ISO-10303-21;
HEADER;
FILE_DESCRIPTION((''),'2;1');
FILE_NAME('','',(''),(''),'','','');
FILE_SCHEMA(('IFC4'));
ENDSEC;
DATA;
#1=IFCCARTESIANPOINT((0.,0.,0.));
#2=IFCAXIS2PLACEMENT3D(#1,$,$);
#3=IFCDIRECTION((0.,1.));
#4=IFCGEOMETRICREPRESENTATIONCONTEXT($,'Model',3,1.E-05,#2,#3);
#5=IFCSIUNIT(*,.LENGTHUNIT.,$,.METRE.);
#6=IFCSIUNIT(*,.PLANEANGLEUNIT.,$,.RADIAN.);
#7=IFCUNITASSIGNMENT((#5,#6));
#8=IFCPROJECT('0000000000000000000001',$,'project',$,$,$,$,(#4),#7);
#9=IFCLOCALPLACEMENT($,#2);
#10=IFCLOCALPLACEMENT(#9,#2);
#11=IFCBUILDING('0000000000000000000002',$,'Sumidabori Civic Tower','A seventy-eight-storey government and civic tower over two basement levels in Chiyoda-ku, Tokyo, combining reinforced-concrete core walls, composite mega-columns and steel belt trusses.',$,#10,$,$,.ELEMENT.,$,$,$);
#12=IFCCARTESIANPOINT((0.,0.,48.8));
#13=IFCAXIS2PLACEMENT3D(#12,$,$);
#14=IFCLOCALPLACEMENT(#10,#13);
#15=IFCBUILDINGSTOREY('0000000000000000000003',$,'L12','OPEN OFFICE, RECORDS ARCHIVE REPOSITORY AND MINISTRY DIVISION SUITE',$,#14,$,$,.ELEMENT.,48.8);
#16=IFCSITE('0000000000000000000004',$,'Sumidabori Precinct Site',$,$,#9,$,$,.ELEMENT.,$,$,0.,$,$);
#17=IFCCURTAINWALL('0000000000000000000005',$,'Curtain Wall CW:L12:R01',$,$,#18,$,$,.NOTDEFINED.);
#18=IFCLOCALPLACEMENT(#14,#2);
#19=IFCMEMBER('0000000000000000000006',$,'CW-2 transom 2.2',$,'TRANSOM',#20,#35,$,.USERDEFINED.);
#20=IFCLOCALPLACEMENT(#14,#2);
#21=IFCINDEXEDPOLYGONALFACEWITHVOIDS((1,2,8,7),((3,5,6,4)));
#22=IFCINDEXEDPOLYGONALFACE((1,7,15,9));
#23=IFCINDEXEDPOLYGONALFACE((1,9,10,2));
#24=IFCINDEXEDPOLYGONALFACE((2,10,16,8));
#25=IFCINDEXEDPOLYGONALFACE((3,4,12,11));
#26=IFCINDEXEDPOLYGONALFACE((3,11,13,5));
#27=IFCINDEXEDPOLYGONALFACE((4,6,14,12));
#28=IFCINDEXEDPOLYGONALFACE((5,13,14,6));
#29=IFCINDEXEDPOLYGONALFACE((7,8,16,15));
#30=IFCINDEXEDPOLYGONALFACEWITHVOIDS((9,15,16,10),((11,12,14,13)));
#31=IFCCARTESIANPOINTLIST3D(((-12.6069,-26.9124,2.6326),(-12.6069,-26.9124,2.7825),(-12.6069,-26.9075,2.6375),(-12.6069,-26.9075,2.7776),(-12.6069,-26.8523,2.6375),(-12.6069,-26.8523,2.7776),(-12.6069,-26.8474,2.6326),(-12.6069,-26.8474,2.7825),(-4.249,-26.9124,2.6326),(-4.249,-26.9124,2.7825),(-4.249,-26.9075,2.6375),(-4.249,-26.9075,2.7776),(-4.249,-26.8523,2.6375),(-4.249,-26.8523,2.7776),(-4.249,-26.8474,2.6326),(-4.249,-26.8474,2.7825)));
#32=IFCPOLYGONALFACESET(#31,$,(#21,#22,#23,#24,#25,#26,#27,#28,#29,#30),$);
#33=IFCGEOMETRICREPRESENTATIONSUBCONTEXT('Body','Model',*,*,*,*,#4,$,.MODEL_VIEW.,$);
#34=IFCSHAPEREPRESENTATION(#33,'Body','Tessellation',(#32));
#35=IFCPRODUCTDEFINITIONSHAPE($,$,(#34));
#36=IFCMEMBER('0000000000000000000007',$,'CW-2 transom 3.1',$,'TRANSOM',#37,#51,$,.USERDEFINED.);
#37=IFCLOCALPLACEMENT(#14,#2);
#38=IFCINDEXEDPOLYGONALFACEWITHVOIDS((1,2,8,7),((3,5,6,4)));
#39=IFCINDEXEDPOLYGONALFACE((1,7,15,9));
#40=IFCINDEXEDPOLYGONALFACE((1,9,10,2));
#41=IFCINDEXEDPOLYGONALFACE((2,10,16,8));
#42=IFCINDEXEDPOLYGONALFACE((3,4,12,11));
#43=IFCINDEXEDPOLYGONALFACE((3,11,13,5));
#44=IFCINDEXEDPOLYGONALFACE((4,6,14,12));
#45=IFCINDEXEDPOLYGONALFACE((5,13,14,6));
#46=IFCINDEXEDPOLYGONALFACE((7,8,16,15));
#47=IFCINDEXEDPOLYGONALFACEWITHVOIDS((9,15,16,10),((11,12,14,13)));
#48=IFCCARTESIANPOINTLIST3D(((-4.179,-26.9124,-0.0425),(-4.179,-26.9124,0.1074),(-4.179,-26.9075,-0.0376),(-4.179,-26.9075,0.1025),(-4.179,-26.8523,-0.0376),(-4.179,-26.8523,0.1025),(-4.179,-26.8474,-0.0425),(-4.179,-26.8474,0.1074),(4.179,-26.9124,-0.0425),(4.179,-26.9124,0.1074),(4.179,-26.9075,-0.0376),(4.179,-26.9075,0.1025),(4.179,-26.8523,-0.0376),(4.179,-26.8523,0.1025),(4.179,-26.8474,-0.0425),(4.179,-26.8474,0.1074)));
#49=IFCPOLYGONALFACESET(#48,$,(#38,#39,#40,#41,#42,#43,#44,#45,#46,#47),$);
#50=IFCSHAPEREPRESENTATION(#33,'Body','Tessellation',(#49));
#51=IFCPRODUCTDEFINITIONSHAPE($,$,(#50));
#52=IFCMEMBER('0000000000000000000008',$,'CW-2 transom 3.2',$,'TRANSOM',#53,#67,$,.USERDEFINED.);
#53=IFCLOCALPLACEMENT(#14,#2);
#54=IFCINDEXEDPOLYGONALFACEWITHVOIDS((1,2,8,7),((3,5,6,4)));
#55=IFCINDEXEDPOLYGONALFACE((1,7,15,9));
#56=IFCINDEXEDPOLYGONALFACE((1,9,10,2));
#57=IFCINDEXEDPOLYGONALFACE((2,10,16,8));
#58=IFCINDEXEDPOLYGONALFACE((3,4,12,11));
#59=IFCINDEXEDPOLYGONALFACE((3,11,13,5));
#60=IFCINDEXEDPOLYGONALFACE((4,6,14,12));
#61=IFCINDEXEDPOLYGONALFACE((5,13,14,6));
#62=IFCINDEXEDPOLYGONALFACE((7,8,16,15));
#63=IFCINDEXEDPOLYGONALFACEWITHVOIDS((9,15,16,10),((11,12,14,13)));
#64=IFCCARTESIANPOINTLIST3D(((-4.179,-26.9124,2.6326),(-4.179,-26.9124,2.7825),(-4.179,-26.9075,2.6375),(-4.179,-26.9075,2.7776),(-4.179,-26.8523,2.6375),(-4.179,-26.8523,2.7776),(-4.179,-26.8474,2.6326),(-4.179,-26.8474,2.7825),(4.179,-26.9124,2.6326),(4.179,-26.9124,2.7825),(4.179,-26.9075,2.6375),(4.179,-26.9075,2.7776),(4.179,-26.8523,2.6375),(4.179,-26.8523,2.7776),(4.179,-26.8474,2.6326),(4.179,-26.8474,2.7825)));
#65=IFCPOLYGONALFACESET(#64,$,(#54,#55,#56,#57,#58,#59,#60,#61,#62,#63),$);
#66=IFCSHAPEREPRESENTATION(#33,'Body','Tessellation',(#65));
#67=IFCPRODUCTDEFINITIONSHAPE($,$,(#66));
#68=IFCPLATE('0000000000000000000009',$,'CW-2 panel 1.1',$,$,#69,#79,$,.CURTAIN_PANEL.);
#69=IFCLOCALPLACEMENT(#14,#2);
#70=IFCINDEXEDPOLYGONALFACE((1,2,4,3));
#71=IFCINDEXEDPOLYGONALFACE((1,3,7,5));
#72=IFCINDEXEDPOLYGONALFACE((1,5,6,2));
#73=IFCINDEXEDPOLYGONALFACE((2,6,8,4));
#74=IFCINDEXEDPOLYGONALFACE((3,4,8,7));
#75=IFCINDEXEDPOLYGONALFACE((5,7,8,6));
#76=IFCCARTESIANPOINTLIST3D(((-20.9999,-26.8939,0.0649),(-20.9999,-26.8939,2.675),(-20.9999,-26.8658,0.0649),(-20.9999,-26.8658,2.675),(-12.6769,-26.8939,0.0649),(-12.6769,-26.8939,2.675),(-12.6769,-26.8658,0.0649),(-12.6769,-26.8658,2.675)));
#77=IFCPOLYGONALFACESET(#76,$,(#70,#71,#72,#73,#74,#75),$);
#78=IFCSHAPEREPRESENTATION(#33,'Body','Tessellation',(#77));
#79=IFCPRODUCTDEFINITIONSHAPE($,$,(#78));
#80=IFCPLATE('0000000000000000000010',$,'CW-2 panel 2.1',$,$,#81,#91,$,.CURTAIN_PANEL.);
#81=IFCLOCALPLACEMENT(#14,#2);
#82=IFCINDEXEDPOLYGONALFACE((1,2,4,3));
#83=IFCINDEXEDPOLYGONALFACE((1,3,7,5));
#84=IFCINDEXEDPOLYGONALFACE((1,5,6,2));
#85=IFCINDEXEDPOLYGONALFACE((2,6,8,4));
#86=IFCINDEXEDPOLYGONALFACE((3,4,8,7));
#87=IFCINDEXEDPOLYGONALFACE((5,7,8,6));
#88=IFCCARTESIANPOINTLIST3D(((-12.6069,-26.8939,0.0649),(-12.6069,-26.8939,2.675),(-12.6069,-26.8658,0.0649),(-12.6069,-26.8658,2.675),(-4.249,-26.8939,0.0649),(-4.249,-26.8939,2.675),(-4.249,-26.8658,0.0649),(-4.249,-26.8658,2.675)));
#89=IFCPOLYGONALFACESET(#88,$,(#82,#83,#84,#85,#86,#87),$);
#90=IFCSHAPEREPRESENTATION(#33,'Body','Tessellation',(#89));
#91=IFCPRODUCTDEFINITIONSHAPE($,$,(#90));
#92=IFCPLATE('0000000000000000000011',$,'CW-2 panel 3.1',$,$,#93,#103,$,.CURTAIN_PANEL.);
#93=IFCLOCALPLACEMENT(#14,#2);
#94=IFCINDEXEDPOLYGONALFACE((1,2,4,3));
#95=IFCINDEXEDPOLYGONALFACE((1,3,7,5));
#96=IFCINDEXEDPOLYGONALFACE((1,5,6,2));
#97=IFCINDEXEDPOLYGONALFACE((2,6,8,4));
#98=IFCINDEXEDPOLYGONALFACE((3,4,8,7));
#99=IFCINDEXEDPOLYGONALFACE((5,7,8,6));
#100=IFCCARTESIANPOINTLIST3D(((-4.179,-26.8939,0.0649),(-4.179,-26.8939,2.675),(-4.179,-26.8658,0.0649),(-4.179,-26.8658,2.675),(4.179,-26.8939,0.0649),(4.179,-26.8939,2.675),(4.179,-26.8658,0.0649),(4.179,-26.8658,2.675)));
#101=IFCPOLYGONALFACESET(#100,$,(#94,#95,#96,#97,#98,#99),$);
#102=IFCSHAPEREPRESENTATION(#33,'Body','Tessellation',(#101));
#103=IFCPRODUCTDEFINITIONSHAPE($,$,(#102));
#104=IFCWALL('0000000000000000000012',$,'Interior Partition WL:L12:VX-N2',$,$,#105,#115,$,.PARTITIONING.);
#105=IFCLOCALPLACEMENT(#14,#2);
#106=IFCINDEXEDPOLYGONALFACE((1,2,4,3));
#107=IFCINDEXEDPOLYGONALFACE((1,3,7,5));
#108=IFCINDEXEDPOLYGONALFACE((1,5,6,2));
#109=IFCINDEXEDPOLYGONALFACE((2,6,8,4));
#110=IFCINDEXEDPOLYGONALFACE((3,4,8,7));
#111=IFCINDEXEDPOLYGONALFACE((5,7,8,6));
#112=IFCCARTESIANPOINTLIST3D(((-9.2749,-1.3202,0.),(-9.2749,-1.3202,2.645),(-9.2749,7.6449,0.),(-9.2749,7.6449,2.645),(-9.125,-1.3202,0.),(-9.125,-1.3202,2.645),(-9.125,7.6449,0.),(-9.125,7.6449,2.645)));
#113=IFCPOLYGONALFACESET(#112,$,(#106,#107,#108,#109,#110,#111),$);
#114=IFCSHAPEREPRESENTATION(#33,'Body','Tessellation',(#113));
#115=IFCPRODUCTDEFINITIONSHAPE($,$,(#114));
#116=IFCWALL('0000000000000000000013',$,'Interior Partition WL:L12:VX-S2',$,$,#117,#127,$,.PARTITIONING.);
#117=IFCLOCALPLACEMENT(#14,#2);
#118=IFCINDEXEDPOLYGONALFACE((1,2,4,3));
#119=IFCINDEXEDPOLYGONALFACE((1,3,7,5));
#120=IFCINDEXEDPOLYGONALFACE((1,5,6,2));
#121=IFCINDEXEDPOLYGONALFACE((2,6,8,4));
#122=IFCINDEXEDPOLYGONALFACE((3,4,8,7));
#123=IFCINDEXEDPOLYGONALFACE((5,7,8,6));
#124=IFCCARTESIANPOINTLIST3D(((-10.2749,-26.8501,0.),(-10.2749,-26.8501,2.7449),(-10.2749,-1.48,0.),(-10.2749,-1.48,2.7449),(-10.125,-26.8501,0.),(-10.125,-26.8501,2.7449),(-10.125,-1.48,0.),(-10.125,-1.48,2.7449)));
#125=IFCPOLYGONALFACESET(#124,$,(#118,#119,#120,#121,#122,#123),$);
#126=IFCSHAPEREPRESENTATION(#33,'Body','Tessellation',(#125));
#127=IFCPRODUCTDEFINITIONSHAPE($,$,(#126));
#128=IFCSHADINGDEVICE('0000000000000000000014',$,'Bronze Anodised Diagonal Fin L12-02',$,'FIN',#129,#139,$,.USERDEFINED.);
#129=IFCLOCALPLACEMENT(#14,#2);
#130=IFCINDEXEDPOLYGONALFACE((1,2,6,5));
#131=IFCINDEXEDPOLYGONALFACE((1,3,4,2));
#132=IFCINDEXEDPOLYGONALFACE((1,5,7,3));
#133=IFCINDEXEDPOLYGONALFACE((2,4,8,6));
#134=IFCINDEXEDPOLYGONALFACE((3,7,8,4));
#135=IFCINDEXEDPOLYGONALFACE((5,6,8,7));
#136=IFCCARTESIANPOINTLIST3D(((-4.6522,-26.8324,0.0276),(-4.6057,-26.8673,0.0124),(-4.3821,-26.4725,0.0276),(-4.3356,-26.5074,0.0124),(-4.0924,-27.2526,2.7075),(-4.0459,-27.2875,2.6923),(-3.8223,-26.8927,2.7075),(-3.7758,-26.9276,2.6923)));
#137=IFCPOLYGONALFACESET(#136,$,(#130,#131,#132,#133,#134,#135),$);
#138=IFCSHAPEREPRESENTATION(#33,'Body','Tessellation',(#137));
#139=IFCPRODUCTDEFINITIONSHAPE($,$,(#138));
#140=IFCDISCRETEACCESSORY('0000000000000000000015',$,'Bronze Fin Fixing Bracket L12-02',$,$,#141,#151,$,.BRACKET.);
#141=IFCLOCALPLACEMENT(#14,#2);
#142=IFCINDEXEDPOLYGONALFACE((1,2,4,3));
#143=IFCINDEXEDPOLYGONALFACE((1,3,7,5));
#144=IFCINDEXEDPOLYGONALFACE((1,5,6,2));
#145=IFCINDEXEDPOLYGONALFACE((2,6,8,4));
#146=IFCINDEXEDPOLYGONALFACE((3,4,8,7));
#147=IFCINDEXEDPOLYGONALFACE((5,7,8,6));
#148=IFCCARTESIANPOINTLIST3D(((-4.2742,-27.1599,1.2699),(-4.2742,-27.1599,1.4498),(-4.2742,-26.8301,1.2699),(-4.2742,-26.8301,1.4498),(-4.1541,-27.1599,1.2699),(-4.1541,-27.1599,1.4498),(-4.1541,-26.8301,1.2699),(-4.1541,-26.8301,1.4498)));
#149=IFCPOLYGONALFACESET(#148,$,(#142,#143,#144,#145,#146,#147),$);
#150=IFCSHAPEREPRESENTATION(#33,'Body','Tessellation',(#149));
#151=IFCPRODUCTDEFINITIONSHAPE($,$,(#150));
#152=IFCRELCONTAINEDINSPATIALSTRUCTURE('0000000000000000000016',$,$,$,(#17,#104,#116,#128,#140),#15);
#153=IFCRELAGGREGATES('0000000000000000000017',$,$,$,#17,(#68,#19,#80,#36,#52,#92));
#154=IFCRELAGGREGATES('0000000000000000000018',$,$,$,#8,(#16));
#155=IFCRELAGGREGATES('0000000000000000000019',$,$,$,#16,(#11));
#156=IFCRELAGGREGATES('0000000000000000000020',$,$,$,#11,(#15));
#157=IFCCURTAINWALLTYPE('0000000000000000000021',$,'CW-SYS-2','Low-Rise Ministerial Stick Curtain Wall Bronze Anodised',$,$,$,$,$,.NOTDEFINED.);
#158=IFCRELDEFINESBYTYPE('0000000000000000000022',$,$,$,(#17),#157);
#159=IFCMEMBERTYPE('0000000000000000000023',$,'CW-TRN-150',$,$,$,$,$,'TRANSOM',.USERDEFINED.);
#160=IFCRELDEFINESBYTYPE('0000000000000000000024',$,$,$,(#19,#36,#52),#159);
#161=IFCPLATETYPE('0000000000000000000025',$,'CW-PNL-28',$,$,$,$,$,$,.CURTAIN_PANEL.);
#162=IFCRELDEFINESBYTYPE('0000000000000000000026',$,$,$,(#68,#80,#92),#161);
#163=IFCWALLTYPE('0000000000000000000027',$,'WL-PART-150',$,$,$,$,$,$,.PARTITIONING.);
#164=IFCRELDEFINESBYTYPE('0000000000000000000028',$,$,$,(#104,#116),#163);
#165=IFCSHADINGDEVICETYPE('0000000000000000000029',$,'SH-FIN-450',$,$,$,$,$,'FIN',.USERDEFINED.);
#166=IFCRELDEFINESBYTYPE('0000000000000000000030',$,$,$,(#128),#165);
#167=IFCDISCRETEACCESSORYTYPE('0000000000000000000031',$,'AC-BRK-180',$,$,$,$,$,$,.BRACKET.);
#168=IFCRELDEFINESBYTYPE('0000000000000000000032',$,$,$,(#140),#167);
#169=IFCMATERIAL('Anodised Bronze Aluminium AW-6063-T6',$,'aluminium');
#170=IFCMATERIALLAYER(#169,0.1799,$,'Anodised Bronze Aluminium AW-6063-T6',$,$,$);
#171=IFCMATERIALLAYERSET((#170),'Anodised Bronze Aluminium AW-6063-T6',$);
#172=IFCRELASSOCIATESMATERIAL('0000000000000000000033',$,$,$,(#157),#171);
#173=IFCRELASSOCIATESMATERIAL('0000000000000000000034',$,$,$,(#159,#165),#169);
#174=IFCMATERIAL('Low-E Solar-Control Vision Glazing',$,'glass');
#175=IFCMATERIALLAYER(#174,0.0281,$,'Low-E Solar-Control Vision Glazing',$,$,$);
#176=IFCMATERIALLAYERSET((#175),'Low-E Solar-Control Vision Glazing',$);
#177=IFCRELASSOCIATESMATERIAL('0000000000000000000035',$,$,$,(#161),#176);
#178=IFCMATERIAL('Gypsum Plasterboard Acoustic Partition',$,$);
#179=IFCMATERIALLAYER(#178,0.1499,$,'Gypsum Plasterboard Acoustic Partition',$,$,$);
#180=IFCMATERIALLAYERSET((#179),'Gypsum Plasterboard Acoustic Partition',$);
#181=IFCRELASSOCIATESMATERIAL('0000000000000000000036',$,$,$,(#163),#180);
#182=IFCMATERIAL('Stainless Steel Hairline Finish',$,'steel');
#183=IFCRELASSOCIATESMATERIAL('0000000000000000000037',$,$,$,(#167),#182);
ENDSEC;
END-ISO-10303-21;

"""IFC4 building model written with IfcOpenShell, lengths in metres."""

from ifc_helpers import new_model, si_unit, direction, frame, frame_2d, origin, origin_2d, place, context, subcontext, project, spatial, rectangle, hollow_rectangle, extrude, source, transform, mapped, material, layer, layer_set, material_profile, profile_set, type_object, element, aggregate, save


model = new_model("IFC4")

# Units and contexts
model_context = context("Model", 3, precision=1e-05, world=origin(), true_north=direction((0.0, 1.0)))
body_context = subcontext(model_context, "Body", "Model", "MODEL_VIEW")
ifc_project = project(units=[si_unit("LENGTHUNIT", "METRE"), si_unit("PLANEANGLEUNIT", "RADIAN")], contexts=[model_context])

# Site, building, storey
site_placement = place(None, origin())
site = spatial("IfcSite", under=ifc_project, at=site_placement, Name="Sumidabori Precinct Site", CompositionType="ELEMENT", RefElevation=0.0)
building_placement = place(site_placement, origin())
building = spatial("IfcBuilding", under=site, at=building_placement, Name="Sumidabori Civic Tower", Description="A seventy-eight-storey government and civic tower over two basement levels in Chiyoda-ku, Tokyo, combining reinforced-concrete core walls, composite mega-columns and steel belt trusses.", CompositionType="ELEMENT")
storey_placement = place(building_placement, frame((0.0, 0.0, 48.8)))
storey = spatial("IfcBuildingStorey", under=building, at=storey_placement, Name="L12", Description="OPEN OFFICE, RECORDS ARCHIVE REPOSITORY AND MINISTRY DIVISION SUITE", CompositionType="ELEMENT", Elevation=48.8)

# Curtain wall, members, plates
ifc_material_1 = material(Name="Anodised Bronze Aluminium AW-6063-T6", Category="aluminium")
ifc_layer_1 = layer(ifc_material_1, 0.1799, Name="Anodised Bronze Aluminium AW-6063-T6")
ifc_layer_set_1 = layer_set([ifc_layer_1], Name="Anodised Bronze Aluminium AW-6063-T6")
curtain_wall_type = type_object("IfcCurtainWallType", Name="CW-SYS-2", Description="Low-Rise Ministerial Stick Curtain Wall Bronze Anodised", PredefinedType="NOTDEFINED", material=ifc_layer_set_1)
curtain_wall_placement = place(storey_placement, origin())
curtain_wall = element("IfcCurtainWall", 1, at=curtain_wall_placement, inside=storey, type_object=curtain_wall_type, Name="Curtain Wall CW:L12:R01", PredefinedType="NOTDEFINED")
ifc_material_profile_1 = material_profile(ifc_material_1, hollow_rectangle(XDim=0.0649, YDim=0.1499, WallThickness=0.0049, at=origin_2d()), Name="ALU TRANSOM 150x65")
ifc_profile_set_1 = profile_set([ifc_material_profile_1], Name="Anodised Bronze Aluminium AW-6063-T6")
member_type_1 = type_object("IfcMemberType", Name="CW-TRN-150", ElementType="TRANSOM", PredefinedType="USERDEFINED", material=ifc_profile_set_1)
shared_shape_1 = source(origin(), body_context, "Body", "SweptSolid", [
    extrude(hollow_rectangle(XDim=0.0649, YDim=0.1499, WallThickness=0.0049, at=origin_2d()), origin(), (0.0, 0.0, 1.0), 8.3579),
])
member_1_placement = place(storey_placement, frame((-12.6069, -26.8799, 2.7075), z_axis=(1.0, 0.0, 0.0), x_axis=(0.0, 1.0, 0.0)))
member_1 = element("IfcMember", 2, at=member_1_placement, type_object=member_type_1, Name="CW-2 transom 2.2", ObjectType="TRANSOM", PredefinedType="USERDEFINED", context=body_context, shape_type="MappedRepresentation", body=[
    mapped(shared_shape_1, transform((0.0, 0.0, 0.0), x_axis=(1.0, 0.0, 0.0), y_axis=(0.0, 1.0, 0.0), z_axis=(0.0, 0.0, 1.0), scale=1.0)),
])
member_2_placement = place(storey_placement, frame((-4.179, -26.8799, 0.0325), z_axis=(1.0, 0.0, 0.0), x_axis=(0.0, 1.0, 0.0)))
member_2 = element("IfcMember", 3, at=member_2_placement, type_object=member_type_1, Name="CW-2 transom 3.1", ObjectType="TRANSOM", PredefinedType="USERDEFINED", context=body_context, shape_type="MappedRepresentation", body=[
    mapped(shared_shape_1, transform((0.0, 0.0, 0.0), x_axis=(1.0, 0.0, 0.0), y_axis=(0.0, 1.0, 0.0), z_axis=(0.0, 0.0, 1.0), scale=1.0)),
])
member_3_placement = place(storey_placement, frame((-4.179, -26.8799, 2.7075), z_axis=(1.0, 0.0, 0.0), x_axis=(0.0, 1.0, 0.0)))
member_3 = element("IfcMember", 4, at=member_3_placement, type_object=member_type_1, Name="CW-2 transom 3.2", ObjectType="TRANSOM", PredefinedType="USERDEFINED", context=body_context, shape_type="MappedRepresentation", body=[
    mapped(shared_shape_1, transform((0.0, 0.0, 0.0), x_axis=(1.0, 0.0, 0.0), y_axis=(0.0, 1.0, 0.0), z_axis=(0.0, 0.0, 1.0), scale=1.0)),
])
ifc_material_2 = material(Name="Low-E Solar-Control Vision Glazing", Category="glass")
ifc_layer_2 = layer(ifc_material_2, 0.0281, Name="Low-E Solar-Control Vision Glazing")
ifc_layer_set_2 = layer_set([ifc_layer_2], Name="Low-E Solar-Control Vision Glazing")
plate_type = type_object("IfcPlateType", Name="CW-PNL-28", PredefinedType="CURTAIN_PANEL", material=ifc_layer_set_2)
shared_shape_2 = source(origin(), body_context, "Body", "SweptSolid", [
    extrude(rectangle(XDim=8.323, YDim=0.0281, at=origin_2d()), origin(), (0.0, 0.0, 1.0), 2.6101),
])
plate_1_placement = place(storey_placement, frame((-16.8384, -26.8799, 0.0649), z_axis=(0.0, 0.0, 1.0), x_axis=(1.0, 0.0, 0.0)))
plate_1 = element("IfcPlate", 5, at=plate_1_placement, type_object=plate_type, Name="CW-2 panel 1.1", PredefinedType="CURTAIN_PANEL", context=body_context, shape_type="MappedRepresentation", body=[
    mapped(shared_shape_2, transform((0.0, 0.0, 0.0), x_axis=(1.0, 0.0, 0.0), y_axis=(0.0, 1.0, 0.0), z_axis=(0.0, 0.0, 1.0), scale=1.0)),
])
shared_shape_3 = source(origin(), body_context, "Body", "SweptSolid", [
    extrude(rectangle(XDim=8.3579, YDim=0.0281, at=origin_2d()), origin(), (0.0, 0.0, 1.0), 2.6101),
])
plate_2_placement = place(storey_placement, frame((-8.428, -26.8799, 0.0649), z_axis=(0.0, 0.0, 1.0), x_axis=(1.0, 0.0, 0.0)))
plate_2 = element("IfcPlate", 6, at=plate_2_placement, type_object=plate_type, Name="CW-2 panel 2.1", PredefinedType="CURTAIN_PANEL", context=body_context, shape_type="MappedRepresentation", body=[
    mapped(shared_shape_3, transform((0.0, 0.0, 0.0), x_axis=(1.0, 0.0, 0.0), y_axis=(0.0, 1.0, 0.0), z_axis=(0.0, 0.0, 1.0), scale=1.0)),
])
plate_3_placement = place(storey_placement, frame((0.0, -26.8799, 0.0649), z_axis=(0.0, 0.0, 1.0), x_axis=(1.0, 0.0, 0.0)))
plate_3 = element("IfcPlate", 7, at=plate_3_placement, type_object=plate_type, Name="CW-2 panel 3.1", PredefinedType="CURTAIN_PANEL", context=body_context, shape_type="MappedRepresentation", body=[
    mapped(shared_shape_3, transform((0.0, 0.0, 0.0), x_axis=(1.0, 0.0, 0.0), y_axis=(0.0, 1.0, 0.0), z_axis=(0.0, 0.0, 1.0), scale=1.0)),
])
aggregate(curtain_wall, [plate_1, member_1, plate_2, member_2, member_3, plate_3])

# Walls
ifc_material_3 = material(Name="Gypsum Plasterboard Acoustic Partition")
ifc_layer_3 = layer(ifc_material_3, 0.1499, Name="Gypsum Plasterboard Acoustic Partition")
ifc_layer_set_3 = layer_set([ifc_layer_3], Name="Gypsum Plasterboard Acoustic Partition")
wall_type = type_object("IfcWallType", Name="WL-PART-150", PredefinedType="PARTITIONING", material=ifc_layer_set_3)
shared_shape_4 = source(origin(), body_context, "Body", "SweptSolid", [
    extrude(rectangle(XDim=8.9651, YDim=0.1499, at=frame_2d((4.4824, 0.0))), origin(), (0.0, 0.0, 1.0), 2.645),
])
wall_1_placement = place(storey_placement, frame((-9.2, -1.3201, 0.0), z_axis=(0.0, 0.0, 1.0), x_axis=(0.0, 1.0, 0.0)))
element("IfcWall", 8, at=wall_1_placement, inside=storey, type_object=wall_type, Name="Interior Partition WL:L12:VX-N2", PredefinedType="PARTITIONING", context=body_context, shape_type="MappedRepresentation", body=[
    mapped(shared_shape_4, transform((0.0, 0.0, 0.0), x_axis=(1.0, 0.0, 0.0), y_axis=(0.0, 1.0, 0.0), z_axis=(0.0, 0.0, 1.0), scale=1.0)),
])
shared_shape_5 = source(origin(), body_context, "Body", "SweptSolid", [
    extrude(rectangle(XDim=25.3701, YDim=0.1499, at=frame_2d((12.6851, 0.0))), origin(), (0.0, 0.0, 1.0), 2.7449),
])
wall_2_placement = place(storey_placement, frame((-10.2, -26.8501, 0.0), z_axis=(0.0, 0.0, 1.0), x_axis=(0.0, 1.0, 0.0)))
element("IfcWall", 9, at=wall_2_placement, inside=storey, type_object=wall_type, Name="Interior Partition WL:L12:VX-S2", PredefinedType="PARTITIONING", context=body_context, shape_type="MappedRepresentation", body=[
    mapped(shared_shape_5, transform((0.0, 0.0, 0.0), x_axis=(1.0, 0.0, 0.0), y_axis=(0.0, 1.0, 0.0), z_axis=(0.0, 0.0, 1.0), scale=1.0)),
])

# Shading device
ifc_material_profile_2 = material_profile(ifc_material_1, rectangle(XDim=0.0601, YDim=0.45, at=origin_2d()), Name="BRONZE FIN 450x60")
ifc_profile_set_2 = profile_set([ifc_material_profile_2], Name="Anodised Bronze Aluminium AW-6063-T6")
shading_device_type = type_object("IfcShadingDeviceType", Name="SH-FIN-450", ElementType="FIN", PredefinedType="USERDEFINED", material=ifc_profile_set_2)
shared_shape_6 = source(origin(), body_context, "Body", "SweptSolid", [
    extrude(rectangle(XDim=0.0601, YDim=0.45, at=origin_2d()), origin(), (0.0, 0.0, 1.0), 2.7698),
])
shading_device_placement = place(storey_placement, frame((-4.4939, -26.6699, 0.02), z_axis=(0.202111, -0.151694, 0.967543), x_axis=(0.773832, -0.580796, -0.252705)))
element("IfcShadingDevice", 10, at=shading_device_placement, inside=storey, type_object=shading_device_type, Name="Bronze Anodised Diagonal Fin L12-02", ObjectType="FIN", PredefinedType="USERDEFINED", context=body_context, shape_type="MappedRepresentation", body=[
    mapped(shared_shape_6, transform((0.0, 0.0, 0.0), x_axis=(1.0, 0.0, 0.0), y_axis=(0.0, 1.0, 0.0), z_axis=(0.0, 0.0, 1.0), scale=1.0)),
])

# Discrete accessory
ifc_material_4 = material(Name="Stainless Steel Hairline Finish", Category="steel")
ifc_material_profile_3 = material_profile(ifc_material_4, rectangle(XDim=0.1201, YDim=0.1799, at=origin_2d()), Name="STEEL BRACKET 180x120")
ifc_profile_set_3 = profile_set([ifc_material_profile_3], Name="Stainless Steel Hairline Finish")
discrete_accessory_type = type_object("IfcDiscreteAccessoryType", Name="AC-BRK-180", PredefinedType="BRACKET", material=ifc_profile_set_3)
shared_shape_7 = source(origin(), body_context, "Body", "SweptSolid", [
    extrude(rectangle(XDim=0.1201, YDim=0.1799, at=origin_2d()), origin(), (0.0, 0.0, 1.0), 0.3298),
])
discrete_accessory_placement = place(storey_placement, frame((-4.2141, -26.8301, 1.3599), z_axis=(0.0, -1.0, 0.0), x_axis=(1.0, 0.0, 0.0)))
element("IfcDiscreteAccessory", 11, at=discrete_accessory_placement, inside=storey, type_object=discrete_accessory_type, Name="Bronze Fin Fixing Bracket L12-02", PredefinedType="BRACKET", context=body_context, shape_type="MappedRepresentation", body=[
    mapped(shared_shape_7, transform((0.0, 0.0, 0.0), x_axis=(1.0, 0.0, 0.0), y_axis=(0.0, 1.0, 0.0), z_axis=(0.0, 0.0, 1.0), scale=1.0)),
])

save(model, "model.ifc")
